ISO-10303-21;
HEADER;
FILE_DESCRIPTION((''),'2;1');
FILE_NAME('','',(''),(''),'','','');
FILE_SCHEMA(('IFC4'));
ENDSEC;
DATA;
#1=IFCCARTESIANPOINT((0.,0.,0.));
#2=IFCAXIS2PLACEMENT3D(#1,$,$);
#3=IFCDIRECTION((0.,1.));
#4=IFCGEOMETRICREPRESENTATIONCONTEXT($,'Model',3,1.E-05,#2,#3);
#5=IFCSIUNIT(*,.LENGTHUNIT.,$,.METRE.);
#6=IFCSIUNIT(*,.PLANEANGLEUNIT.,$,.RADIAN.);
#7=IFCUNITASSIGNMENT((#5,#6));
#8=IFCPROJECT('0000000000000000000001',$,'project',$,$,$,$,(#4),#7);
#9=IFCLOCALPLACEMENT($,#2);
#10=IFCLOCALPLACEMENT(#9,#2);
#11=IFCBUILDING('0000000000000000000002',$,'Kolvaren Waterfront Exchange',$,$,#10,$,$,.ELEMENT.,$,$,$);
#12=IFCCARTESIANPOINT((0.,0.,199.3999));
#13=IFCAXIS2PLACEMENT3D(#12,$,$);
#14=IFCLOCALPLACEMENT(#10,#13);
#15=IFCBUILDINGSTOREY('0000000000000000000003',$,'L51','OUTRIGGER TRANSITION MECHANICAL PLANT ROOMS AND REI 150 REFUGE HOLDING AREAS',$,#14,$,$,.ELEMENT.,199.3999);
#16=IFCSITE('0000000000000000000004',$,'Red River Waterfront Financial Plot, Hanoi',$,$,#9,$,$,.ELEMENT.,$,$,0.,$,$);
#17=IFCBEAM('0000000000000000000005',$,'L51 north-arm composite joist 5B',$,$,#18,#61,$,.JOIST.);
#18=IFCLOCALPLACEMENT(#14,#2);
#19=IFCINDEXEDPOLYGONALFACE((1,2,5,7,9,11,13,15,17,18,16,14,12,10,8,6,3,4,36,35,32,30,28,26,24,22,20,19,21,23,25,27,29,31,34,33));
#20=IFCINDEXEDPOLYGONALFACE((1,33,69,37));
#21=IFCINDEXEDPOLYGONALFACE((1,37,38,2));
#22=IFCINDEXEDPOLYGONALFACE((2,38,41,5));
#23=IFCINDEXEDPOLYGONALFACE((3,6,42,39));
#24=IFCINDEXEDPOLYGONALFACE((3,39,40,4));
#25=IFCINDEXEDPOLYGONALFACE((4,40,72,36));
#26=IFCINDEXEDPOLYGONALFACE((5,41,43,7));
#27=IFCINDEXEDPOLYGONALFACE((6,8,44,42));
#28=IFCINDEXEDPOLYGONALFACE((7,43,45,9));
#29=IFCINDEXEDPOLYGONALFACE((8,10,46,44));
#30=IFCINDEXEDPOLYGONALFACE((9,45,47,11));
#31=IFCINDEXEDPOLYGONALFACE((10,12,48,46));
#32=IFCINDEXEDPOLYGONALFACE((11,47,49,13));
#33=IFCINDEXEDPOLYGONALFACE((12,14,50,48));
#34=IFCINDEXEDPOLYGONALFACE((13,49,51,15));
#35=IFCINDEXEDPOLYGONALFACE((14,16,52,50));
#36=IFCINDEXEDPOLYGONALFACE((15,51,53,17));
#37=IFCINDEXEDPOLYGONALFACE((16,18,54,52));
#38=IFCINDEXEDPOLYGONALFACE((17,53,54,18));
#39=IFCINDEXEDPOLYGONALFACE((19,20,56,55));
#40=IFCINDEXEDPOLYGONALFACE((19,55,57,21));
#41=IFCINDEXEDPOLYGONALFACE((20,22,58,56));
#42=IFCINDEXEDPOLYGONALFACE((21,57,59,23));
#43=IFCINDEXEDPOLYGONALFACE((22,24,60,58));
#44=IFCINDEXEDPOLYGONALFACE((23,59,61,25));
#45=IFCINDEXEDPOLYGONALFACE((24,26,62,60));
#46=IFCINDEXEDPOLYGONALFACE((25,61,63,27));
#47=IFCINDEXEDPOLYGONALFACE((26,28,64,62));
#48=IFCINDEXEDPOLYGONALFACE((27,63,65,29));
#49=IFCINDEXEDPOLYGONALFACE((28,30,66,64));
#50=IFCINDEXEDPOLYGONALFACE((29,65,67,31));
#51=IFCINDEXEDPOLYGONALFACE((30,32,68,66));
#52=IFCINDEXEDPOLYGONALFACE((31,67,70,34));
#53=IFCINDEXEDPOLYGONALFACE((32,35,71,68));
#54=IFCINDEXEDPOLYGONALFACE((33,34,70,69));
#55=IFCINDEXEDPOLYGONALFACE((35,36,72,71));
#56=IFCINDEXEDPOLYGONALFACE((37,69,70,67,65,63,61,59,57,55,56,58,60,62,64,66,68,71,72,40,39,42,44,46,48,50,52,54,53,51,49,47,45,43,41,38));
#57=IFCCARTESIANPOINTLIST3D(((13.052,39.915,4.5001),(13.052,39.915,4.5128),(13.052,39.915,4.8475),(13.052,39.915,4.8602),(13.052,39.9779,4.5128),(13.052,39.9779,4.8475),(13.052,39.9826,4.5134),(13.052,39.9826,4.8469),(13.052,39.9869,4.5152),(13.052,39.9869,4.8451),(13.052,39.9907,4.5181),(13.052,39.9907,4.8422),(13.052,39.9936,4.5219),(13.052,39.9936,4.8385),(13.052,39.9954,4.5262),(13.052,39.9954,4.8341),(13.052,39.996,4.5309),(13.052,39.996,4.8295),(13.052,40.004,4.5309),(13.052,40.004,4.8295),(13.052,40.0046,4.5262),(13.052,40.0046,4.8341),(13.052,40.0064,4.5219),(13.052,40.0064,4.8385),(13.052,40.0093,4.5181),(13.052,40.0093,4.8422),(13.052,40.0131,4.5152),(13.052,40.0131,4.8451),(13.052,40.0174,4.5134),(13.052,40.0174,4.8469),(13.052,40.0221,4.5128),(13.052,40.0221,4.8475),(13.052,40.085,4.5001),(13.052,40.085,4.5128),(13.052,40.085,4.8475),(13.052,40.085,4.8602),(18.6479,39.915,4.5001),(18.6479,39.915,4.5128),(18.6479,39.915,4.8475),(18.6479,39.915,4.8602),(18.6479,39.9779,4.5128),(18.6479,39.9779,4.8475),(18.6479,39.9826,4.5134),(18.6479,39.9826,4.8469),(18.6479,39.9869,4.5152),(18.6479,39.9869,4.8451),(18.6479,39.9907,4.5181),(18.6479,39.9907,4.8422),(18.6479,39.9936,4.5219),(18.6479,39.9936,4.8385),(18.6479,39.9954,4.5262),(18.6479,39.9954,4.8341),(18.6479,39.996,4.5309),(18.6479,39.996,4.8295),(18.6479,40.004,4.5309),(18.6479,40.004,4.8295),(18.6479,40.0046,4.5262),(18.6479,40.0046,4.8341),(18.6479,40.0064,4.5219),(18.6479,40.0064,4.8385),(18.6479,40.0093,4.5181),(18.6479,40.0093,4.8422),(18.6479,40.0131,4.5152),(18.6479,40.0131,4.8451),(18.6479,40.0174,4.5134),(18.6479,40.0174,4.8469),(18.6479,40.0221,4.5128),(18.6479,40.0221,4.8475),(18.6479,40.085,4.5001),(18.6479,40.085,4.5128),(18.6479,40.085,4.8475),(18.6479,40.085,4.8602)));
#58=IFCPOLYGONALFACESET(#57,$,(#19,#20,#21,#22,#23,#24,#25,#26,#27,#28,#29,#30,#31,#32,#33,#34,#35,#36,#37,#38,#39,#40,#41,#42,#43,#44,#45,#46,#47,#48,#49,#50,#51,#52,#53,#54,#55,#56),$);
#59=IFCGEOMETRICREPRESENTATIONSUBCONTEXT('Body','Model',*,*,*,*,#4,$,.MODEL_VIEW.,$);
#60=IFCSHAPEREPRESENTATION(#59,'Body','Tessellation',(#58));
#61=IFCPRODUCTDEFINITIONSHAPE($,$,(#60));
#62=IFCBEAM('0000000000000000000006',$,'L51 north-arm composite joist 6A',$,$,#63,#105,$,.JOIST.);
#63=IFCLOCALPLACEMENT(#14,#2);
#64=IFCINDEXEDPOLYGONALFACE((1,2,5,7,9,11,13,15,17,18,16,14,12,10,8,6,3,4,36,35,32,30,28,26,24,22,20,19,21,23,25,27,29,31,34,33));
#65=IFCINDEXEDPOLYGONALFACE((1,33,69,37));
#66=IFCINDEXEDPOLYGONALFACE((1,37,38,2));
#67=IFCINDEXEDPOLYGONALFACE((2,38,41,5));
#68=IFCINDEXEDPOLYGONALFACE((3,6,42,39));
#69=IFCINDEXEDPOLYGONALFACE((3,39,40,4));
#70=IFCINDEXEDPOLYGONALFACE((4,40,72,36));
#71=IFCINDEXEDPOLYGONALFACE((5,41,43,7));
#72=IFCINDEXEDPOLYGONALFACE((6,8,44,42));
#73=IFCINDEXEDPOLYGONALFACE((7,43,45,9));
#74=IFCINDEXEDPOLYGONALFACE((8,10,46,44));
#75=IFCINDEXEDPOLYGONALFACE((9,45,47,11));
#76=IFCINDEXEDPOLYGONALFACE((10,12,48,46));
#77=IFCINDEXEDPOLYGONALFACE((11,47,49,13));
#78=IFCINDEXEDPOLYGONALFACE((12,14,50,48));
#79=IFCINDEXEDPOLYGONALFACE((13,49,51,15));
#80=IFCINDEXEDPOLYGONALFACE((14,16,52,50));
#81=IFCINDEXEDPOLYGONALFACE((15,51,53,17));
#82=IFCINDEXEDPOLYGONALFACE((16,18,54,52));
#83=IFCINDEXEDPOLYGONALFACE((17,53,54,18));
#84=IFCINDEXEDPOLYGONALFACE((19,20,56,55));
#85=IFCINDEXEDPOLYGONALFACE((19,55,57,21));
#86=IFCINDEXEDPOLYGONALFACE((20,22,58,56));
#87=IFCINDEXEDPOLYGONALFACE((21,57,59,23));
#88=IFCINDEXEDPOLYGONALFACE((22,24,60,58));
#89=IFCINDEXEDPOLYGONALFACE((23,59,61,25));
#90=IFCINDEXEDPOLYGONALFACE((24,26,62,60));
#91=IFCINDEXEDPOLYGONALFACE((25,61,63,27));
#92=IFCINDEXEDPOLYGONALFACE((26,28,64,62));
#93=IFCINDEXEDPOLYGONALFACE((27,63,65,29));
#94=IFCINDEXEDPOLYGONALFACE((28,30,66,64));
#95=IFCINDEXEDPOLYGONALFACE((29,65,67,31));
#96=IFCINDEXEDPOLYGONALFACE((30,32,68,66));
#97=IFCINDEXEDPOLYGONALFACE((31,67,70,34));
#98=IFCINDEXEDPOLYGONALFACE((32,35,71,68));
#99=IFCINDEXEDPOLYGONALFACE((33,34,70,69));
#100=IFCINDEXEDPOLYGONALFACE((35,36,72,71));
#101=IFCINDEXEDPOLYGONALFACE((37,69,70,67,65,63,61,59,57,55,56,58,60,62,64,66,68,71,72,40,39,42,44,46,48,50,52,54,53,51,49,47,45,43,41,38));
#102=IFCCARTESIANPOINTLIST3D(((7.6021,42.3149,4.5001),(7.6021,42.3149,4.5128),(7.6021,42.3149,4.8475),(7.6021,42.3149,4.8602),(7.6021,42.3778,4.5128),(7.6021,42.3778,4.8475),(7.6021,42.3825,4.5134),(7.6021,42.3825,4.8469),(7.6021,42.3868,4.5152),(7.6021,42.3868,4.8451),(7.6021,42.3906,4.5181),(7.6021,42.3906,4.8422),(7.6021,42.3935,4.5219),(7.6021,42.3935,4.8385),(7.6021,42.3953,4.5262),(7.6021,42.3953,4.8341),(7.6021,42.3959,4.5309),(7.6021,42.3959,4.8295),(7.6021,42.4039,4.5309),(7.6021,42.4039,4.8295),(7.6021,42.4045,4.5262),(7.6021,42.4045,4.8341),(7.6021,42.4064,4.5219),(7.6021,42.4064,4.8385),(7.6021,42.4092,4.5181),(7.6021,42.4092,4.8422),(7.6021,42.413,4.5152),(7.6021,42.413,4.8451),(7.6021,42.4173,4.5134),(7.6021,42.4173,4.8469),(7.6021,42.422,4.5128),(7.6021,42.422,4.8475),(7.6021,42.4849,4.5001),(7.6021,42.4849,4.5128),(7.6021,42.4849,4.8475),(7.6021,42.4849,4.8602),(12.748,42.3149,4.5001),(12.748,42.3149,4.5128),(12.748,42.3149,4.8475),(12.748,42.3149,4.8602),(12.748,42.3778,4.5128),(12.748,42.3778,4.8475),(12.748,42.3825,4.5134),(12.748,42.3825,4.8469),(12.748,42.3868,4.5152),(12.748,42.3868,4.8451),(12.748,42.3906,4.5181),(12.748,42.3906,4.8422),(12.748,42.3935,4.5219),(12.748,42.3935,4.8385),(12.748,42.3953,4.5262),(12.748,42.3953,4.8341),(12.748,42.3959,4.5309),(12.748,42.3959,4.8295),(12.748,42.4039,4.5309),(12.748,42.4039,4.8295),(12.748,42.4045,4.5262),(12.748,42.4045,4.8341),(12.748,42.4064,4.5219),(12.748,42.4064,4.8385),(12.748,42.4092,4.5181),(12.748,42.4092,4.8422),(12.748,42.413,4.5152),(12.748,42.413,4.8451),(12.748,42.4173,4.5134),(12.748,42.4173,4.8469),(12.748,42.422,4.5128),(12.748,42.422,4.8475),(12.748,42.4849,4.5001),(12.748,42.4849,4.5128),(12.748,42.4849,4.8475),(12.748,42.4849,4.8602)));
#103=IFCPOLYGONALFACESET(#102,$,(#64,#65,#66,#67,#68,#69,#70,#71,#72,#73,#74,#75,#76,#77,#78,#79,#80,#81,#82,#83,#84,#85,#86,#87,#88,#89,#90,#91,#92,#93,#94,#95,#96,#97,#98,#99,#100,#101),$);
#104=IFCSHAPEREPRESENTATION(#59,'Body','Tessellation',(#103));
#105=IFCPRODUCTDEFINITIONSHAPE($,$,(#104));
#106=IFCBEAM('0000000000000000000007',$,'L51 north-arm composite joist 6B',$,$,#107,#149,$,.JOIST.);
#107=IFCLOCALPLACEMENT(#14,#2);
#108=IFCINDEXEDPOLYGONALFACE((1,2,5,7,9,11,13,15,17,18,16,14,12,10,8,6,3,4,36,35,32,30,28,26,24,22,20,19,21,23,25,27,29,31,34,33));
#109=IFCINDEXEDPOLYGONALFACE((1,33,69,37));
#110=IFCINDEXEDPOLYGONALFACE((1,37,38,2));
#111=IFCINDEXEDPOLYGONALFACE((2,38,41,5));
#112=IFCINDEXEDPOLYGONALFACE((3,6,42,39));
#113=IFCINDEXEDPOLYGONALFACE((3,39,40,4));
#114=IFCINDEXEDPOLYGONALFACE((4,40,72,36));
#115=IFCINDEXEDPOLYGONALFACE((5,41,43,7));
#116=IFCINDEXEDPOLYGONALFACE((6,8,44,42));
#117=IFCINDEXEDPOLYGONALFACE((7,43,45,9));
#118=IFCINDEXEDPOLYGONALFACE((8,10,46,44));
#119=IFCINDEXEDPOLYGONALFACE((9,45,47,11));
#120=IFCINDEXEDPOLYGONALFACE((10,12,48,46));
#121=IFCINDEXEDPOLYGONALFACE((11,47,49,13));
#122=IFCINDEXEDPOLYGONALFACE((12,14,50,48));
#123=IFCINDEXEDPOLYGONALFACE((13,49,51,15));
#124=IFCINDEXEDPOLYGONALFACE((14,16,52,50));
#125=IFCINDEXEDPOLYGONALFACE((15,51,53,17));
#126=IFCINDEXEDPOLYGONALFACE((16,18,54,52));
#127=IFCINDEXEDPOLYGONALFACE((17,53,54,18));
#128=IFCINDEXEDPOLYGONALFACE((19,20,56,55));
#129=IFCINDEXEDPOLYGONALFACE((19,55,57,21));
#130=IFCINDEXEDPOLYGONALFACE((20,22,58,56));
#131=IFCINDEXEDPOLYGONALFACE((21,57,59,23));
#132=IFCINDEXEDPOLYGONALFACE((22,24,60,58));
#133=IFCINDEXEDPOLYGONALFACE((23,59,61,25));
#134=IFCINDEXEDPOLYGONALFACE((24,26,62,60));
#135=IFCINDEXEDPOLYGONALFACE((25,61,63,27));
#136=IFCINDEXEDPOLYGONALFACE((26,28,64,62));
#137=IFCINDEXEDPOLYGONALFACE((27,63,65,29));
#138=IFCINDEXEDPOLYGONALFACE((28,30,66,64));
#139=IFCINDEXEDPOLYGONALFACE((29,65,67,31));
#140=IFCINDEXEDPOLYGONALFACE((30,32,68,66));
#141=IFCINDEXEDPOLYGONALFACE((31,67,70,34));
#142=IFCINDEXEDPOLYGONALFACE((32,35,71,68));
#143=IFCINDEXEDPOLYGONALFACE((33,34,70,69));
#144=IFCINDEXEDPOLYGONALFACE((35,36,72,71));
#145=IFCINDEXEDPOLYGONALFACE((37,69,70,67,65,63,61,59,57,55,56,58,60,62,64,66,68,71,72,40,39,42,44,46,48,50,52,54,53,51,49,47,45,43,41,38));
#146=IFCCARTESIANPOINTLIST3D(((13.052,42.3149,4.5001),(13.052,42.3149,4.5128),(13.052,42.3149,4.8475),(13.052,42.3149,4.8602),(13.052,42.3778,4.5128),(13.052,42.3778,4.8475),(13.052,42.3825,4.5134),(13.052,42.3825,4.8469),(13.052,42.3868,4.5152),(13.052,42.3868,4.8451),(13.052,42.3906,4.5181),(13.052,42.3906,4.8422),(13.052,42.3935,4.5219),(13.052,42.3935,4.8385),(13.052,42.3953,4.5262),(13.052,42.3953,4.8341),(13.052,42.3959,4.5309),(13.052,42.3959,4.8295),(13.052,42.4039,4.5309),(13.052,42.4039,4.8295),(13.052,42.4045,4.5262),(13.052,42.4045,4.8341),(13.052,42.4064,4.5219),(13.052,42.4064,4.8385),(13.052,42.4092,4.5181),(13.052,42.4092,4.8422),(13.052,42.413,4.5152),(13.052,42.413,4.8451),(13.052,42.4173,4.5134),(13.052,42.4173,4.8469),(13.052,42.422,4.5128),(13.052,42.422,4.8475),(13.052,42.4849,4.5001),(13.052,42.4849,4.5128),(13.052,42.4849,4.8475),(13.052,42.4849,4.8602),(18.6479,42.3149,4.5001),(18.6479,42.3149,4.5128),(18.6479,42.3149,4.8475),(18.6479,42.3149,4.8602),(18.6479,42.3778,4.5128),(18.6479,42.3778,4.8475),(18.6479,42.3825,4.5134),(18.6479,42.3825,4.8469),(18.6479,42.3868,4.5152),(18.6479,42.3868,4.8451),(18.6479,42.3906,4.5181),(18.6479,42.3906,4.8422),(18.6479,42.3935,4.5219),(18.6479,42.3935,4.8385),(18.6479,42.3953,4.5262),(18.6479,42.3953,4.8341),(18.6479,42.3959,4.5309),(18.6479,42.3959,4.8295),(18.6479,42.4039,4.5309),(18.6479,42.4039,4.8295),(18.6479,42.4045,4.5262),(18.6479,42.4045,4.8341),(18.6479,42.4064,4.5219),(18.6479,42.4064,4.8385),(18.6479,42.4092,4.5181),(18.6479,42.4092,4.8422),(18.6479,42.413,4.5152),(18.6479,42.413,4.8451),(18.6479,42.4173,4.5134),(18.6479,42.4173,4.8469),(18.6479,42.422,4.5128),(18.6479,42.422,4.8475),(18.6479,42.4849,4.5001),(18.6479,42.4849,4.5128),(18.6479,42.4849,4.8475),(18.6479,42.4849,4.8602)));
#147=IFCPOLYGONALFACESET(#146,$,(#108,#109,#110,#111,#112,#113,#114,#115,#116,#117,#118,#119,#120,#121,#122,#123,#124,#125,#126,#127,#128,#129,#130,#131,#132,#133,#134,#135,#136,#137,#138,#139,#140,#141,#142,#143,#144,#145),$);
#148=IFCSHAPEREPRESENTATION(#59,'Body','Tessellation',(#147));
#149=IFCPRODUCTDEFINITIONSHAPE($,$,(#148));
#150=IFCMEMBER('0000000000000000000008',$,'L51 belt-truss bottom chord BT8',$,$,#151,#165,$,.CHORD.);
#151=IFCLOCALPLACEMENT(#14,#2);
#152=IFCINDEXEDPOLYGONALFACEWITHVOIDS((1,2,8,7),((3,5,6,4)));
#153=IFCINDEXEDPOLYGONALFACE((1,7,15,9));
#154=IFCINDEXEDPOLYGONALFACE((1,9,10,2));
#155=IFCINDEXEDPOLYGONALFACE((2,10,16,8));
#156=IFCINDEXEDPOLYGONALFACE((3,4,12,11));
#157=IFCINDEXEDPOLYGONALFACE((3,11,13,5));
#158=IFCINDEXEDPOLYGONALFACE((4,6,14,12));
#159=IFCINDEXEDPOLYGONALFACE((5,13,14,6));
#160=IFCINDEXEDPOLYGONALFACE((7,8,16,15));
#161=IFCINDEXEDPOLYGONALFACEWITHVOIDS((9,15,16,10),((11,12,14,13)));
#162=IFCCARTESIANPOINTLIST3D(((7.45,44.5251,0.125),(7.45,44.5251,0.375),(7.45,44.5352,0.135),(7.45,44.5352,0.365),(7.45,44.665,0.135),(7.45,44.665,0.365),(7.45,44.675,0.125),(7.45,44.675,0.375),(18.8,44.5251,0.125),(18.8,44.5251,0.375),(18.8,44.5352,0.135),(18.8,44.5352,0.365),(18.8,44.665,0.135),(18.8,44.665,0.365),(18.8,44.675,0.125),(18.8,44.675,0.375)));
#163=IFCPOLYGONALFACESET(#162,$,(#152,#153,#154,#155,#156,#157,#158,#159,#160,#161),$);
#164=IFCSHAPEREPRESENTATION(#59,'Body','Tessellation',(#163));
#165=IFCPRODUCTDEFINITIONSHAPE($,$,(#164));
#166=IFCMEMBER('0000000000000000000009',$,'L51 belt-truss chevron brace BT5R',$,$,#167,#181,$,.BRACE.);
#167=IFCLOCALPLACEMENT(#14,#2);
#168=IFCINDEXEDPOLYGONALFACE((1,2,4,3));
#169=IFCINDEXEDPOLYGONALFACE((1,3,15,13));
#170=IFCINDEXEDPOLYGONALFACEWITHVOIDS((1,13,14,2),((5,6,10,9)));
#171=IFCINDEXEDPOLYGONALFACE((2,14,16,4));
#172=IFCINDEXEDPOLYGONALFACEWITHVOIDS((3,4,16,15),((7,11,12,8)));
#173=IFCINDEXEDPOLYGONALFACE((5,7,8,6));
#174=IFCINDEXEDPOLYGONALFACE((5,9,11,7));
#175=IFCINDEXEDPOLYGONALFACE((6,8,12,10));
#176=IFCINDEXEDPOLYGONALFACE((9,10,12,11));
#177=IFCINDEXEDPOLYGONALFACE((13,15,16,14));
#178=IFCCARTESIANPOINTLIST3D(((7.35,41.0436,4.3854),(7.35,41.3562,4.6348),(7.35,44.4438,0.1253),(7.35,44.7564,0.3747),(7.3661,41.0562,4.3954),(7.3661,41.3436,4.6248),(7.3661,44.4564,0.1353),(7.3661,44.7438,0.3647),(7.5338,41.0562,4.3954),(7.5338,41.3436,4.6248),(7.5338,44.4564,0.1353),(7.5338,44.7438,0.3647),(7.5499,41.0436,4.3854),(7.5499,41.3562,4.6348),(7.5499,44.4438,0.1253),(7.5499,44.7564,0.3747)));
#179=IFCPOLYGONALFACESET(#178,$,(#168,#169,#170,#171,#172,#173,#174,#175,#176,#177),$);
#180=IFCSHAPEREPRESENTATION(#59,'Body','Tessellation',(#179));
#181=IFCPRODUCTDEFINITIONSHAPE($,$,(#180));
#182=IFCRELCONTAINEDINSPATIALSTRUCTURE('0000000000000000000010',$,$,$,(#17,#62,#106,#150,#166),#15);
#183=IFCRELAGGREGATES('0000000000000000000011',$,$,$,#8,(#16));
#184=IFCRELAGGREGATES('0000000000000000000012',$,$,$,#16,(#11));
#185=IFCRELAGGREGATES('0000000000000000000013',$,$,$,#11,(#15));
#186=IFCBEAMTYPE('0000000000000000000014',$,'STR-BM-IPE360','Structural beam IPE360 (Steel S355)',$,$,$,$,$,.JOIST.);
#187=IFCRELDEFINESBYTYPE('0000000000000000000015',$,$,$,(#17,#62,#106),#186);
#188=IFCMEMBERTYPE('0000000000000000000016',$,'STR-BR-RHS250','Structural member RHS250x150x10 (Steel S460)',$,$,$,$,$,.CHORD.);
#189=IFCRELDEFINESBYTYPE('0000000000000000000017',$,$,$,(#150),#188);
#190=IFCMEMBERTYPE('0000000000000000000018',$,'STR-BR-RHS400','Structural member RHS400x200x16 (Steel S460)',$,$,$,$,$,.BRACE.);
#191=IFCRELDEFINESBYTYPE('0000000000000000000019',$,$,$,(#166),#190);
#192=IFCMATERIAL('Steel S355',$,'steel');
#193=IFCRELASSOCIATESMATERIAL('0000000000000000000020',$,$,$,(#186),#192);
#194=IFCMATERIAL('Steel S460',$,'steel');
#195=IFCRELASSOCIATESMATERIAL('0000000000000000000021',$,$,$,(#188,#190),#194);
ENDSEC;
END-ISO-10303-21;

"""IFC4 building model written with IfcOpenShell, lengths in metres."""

from ifc_helpers import new_model, si_unit, direction, frame, origin, origin_2d, place, context, subcontext, project, spatial, hollow_rectangle, i_section, extrude, material, material_profile, profile_set, type_object, element, save


model = new_model("IFC4")

# Units and contexts
model_context = context("Model", 3, precision=1e-05, world=origin(), true_north=direction((0.0, 1.0)))
body_context = subcontext(model_context, "Body", "Model", "MODEL_VIEW")
ifc_project = project(units=[si_unit("LENGTHUNIT", "METRE"), si_unit("PLANEANGLEUNIT", "RADIAN")], contexts=[model_context])

# Site, building, storey
site_placement = place(None, origin())
site = spatial("IfcSite", under=ifc_project, at=site_placement, Name="Red River Waterfront Financial Plot, Hanoi", CompositionType="ELEMENT", RefElevation=0.0)
building_placement = place(site_placement, origin())
building = spatial("IfcBuilding", under=site, at=building_placement, Name="Kolvaren Waterfront Exchange", CompositionType="ELEMENT")
storey_placement = place(building_placement, frame((0.0, 0.0, 199.3999)))
storey = spatial("IfcBuildingStorey", under=building, at=storey_placement, Name="L51", Description="OUTRIGGER TRANSITION MECHANICAL PLANT ROOMS AND REI 150 REFUGE HOLDING AREAS", CompositionType="ELEMENT", Elevation=199.3999)

# Beams
ifc_material_1 = material(Name="Steel S355", Category="steel")
ifc_material_profile_1 = material_profile(ifc_material_1, i_section(OverallWidth=0.1699, OverallDepth=0.3601, WebThickness=0.0081, FlangeThickness=0.0127, FilletRadius=0.0181, at=origin_2d()), Name="IPE360")
ifc_profile_set_1 = profile_set([ifc_material_profile_1], Name="Steel S355")
beam_type_1 = type_object("IfcBeamType", Name="STR-BM-IPE360", Description="Structural beam IPE360 (Steel S355)", PredefinedType="JOIST", material=ifc_profile_set_1)
beam_1_placement = place(storey_placement, frame((13.052, 40.0, 4.6802), z_axis=(1.0, 0.0, 0.0), x_axis=(0.0, 1.0, 0.0)))
element("IfcBeam", 1, at=beam_1_placement, inside=storey, type_object=beam_type_1, Name="L51 north-arm composite joist 5B", PredefinedType="JOIST", context=body_context, shape_type="SweptSolid", body=[
    extrude(i_section(OverallWidth=0.1699, OverallDepth=0.3601, WebThickness=0.0081, FlangeThickness=0.0127, FilletRadius=0.0181, at=origin_2d()), origin(), (0.0, 0.0, 1.0), 5.5959),
])
beam_2_placement = place(storey_placement, frame((7.6021, 42.3999, 4.6802), z_axis=(1.0, 0.0, 0.0), x_axis=(0.0, 1.0, 0.0)))
element("IfcBeam", 2, at=beam_2_placement, inside=storey, type_object=beam_type_1, Name="L51 north-arm composite joist 6A", PredefinedType="JOIST", context=body_context, shape_type="SweptSolid", body=[
    extrude(i_section(OverallWidth=0.1699, OverallDepth=0.3601, WebThickness=0.0081, FlangeThickness=0.0127, FilletRadius=0.0181, at=origin_2d()), origin(), (0.0, 0.0, 1.0), 5.146),
])
beam_3_placement = place(storey_placement, frame((13.052, 42.3999, 4.6802), z_axis=(1.0, 0.0, 0.0), x_axis=(0.0, 1.0, 0.0)))
element("IfcBeam", 3, at=beam_3_placement, inside=storey, type_object=beam_type_1, Name="L51 north-arm composite joist 6B", PredefinedType="JOIST", context=body_context, shape_type="SweptSolid", body=[
    extrude(i_section(OverallWidth=0.1699, OverallDepth=0.3601, WebThickness=0.0081, FlangeThickness=0.0127, FilletRadius=0.0181, at=origin_2d()), origin(), (0.0, 0.0, 1.0), 5.5959),
])

# Members
ifc_material_2 = material(Name="Steel S460", Category="steel")
ifc_material_profile_2 = material_profile(ifc_material_2, hollow_rectangle(XDim=0.1499, YDim=0.25, WallThickness=0.01, at=origin_2d()), Name="RHS250x150x10")
ifc_profile_set_2 = profile_set([ifc_material_profile_2], Name="Steel S460")
member_type_1 = type_object("IfcMemberType", Name="STR-BR-RHS250", Description="Structural member RHS250x150x10 (Steel S460)", PredefinedType="CHORD", material=ifc_profile_set_2)
member_1_placement = place(storey_placement, frame((7.45, 44.6001, 0.25), z_axis=(1.0, 0.0, 0.0), x_axis=(0.0, 1.0, 0.0)))
element("IfcMember", 4, at=member_1_placement, inside=storey, type_object=member_type_1, Name="L51 belt-truss bottom chord BT8", PredefinedType="CHORD", context=body_context, shape_type="SweptSolid", body=[
    extrude(hollow_rectangle(XDim=0.1499, YDim=0.25, WallThickness=0.01, at=origin_2d()), origin(), (0.0, 0.0, 1.0), 11.3501),
])
ifc_material_profile_3 = material_profile(ifc_material_2, hollow_rectangle(XDim=0.2, YDim=0.3999, WallThickness=0.0161, at=origin_2d()), Name="RHS400x200x16")
ifc_profile_set_3 = profile_set([ifc_material_profile_3], Name="Steel S460")
member_type_2 = type_object("IfcMemberType", Name="STR-BR-RHS400", Description="Structural member RHS400x200x16 (Steel S460)", PredefinedType="BRACE", material=ifc_profile_set_3)
member_2_placement = place(storey_placement, frame((7.45, 44.6001, 0.25), z_axis=(0.0, -0.623815, 0.781572), x_axis=(1.0, 0.0, 0.0)))
element("IfcMember", 5, at=member_2_placement, inside=storey, type_object=member_type_2, Name="L51 belt-truss chevron brace BT5R", PredefinedType="BRACE", context=body_context, shape_type="SweptSolid", body=[
    extrude(hollow_rectangle(XDim=0.2, YDim=0.3999, WallThickness=0.0161, at=origin_2d()), origin(), (0.0, 0.0, 1.0), 5.4507),
])

save(model, "model.ifc")
